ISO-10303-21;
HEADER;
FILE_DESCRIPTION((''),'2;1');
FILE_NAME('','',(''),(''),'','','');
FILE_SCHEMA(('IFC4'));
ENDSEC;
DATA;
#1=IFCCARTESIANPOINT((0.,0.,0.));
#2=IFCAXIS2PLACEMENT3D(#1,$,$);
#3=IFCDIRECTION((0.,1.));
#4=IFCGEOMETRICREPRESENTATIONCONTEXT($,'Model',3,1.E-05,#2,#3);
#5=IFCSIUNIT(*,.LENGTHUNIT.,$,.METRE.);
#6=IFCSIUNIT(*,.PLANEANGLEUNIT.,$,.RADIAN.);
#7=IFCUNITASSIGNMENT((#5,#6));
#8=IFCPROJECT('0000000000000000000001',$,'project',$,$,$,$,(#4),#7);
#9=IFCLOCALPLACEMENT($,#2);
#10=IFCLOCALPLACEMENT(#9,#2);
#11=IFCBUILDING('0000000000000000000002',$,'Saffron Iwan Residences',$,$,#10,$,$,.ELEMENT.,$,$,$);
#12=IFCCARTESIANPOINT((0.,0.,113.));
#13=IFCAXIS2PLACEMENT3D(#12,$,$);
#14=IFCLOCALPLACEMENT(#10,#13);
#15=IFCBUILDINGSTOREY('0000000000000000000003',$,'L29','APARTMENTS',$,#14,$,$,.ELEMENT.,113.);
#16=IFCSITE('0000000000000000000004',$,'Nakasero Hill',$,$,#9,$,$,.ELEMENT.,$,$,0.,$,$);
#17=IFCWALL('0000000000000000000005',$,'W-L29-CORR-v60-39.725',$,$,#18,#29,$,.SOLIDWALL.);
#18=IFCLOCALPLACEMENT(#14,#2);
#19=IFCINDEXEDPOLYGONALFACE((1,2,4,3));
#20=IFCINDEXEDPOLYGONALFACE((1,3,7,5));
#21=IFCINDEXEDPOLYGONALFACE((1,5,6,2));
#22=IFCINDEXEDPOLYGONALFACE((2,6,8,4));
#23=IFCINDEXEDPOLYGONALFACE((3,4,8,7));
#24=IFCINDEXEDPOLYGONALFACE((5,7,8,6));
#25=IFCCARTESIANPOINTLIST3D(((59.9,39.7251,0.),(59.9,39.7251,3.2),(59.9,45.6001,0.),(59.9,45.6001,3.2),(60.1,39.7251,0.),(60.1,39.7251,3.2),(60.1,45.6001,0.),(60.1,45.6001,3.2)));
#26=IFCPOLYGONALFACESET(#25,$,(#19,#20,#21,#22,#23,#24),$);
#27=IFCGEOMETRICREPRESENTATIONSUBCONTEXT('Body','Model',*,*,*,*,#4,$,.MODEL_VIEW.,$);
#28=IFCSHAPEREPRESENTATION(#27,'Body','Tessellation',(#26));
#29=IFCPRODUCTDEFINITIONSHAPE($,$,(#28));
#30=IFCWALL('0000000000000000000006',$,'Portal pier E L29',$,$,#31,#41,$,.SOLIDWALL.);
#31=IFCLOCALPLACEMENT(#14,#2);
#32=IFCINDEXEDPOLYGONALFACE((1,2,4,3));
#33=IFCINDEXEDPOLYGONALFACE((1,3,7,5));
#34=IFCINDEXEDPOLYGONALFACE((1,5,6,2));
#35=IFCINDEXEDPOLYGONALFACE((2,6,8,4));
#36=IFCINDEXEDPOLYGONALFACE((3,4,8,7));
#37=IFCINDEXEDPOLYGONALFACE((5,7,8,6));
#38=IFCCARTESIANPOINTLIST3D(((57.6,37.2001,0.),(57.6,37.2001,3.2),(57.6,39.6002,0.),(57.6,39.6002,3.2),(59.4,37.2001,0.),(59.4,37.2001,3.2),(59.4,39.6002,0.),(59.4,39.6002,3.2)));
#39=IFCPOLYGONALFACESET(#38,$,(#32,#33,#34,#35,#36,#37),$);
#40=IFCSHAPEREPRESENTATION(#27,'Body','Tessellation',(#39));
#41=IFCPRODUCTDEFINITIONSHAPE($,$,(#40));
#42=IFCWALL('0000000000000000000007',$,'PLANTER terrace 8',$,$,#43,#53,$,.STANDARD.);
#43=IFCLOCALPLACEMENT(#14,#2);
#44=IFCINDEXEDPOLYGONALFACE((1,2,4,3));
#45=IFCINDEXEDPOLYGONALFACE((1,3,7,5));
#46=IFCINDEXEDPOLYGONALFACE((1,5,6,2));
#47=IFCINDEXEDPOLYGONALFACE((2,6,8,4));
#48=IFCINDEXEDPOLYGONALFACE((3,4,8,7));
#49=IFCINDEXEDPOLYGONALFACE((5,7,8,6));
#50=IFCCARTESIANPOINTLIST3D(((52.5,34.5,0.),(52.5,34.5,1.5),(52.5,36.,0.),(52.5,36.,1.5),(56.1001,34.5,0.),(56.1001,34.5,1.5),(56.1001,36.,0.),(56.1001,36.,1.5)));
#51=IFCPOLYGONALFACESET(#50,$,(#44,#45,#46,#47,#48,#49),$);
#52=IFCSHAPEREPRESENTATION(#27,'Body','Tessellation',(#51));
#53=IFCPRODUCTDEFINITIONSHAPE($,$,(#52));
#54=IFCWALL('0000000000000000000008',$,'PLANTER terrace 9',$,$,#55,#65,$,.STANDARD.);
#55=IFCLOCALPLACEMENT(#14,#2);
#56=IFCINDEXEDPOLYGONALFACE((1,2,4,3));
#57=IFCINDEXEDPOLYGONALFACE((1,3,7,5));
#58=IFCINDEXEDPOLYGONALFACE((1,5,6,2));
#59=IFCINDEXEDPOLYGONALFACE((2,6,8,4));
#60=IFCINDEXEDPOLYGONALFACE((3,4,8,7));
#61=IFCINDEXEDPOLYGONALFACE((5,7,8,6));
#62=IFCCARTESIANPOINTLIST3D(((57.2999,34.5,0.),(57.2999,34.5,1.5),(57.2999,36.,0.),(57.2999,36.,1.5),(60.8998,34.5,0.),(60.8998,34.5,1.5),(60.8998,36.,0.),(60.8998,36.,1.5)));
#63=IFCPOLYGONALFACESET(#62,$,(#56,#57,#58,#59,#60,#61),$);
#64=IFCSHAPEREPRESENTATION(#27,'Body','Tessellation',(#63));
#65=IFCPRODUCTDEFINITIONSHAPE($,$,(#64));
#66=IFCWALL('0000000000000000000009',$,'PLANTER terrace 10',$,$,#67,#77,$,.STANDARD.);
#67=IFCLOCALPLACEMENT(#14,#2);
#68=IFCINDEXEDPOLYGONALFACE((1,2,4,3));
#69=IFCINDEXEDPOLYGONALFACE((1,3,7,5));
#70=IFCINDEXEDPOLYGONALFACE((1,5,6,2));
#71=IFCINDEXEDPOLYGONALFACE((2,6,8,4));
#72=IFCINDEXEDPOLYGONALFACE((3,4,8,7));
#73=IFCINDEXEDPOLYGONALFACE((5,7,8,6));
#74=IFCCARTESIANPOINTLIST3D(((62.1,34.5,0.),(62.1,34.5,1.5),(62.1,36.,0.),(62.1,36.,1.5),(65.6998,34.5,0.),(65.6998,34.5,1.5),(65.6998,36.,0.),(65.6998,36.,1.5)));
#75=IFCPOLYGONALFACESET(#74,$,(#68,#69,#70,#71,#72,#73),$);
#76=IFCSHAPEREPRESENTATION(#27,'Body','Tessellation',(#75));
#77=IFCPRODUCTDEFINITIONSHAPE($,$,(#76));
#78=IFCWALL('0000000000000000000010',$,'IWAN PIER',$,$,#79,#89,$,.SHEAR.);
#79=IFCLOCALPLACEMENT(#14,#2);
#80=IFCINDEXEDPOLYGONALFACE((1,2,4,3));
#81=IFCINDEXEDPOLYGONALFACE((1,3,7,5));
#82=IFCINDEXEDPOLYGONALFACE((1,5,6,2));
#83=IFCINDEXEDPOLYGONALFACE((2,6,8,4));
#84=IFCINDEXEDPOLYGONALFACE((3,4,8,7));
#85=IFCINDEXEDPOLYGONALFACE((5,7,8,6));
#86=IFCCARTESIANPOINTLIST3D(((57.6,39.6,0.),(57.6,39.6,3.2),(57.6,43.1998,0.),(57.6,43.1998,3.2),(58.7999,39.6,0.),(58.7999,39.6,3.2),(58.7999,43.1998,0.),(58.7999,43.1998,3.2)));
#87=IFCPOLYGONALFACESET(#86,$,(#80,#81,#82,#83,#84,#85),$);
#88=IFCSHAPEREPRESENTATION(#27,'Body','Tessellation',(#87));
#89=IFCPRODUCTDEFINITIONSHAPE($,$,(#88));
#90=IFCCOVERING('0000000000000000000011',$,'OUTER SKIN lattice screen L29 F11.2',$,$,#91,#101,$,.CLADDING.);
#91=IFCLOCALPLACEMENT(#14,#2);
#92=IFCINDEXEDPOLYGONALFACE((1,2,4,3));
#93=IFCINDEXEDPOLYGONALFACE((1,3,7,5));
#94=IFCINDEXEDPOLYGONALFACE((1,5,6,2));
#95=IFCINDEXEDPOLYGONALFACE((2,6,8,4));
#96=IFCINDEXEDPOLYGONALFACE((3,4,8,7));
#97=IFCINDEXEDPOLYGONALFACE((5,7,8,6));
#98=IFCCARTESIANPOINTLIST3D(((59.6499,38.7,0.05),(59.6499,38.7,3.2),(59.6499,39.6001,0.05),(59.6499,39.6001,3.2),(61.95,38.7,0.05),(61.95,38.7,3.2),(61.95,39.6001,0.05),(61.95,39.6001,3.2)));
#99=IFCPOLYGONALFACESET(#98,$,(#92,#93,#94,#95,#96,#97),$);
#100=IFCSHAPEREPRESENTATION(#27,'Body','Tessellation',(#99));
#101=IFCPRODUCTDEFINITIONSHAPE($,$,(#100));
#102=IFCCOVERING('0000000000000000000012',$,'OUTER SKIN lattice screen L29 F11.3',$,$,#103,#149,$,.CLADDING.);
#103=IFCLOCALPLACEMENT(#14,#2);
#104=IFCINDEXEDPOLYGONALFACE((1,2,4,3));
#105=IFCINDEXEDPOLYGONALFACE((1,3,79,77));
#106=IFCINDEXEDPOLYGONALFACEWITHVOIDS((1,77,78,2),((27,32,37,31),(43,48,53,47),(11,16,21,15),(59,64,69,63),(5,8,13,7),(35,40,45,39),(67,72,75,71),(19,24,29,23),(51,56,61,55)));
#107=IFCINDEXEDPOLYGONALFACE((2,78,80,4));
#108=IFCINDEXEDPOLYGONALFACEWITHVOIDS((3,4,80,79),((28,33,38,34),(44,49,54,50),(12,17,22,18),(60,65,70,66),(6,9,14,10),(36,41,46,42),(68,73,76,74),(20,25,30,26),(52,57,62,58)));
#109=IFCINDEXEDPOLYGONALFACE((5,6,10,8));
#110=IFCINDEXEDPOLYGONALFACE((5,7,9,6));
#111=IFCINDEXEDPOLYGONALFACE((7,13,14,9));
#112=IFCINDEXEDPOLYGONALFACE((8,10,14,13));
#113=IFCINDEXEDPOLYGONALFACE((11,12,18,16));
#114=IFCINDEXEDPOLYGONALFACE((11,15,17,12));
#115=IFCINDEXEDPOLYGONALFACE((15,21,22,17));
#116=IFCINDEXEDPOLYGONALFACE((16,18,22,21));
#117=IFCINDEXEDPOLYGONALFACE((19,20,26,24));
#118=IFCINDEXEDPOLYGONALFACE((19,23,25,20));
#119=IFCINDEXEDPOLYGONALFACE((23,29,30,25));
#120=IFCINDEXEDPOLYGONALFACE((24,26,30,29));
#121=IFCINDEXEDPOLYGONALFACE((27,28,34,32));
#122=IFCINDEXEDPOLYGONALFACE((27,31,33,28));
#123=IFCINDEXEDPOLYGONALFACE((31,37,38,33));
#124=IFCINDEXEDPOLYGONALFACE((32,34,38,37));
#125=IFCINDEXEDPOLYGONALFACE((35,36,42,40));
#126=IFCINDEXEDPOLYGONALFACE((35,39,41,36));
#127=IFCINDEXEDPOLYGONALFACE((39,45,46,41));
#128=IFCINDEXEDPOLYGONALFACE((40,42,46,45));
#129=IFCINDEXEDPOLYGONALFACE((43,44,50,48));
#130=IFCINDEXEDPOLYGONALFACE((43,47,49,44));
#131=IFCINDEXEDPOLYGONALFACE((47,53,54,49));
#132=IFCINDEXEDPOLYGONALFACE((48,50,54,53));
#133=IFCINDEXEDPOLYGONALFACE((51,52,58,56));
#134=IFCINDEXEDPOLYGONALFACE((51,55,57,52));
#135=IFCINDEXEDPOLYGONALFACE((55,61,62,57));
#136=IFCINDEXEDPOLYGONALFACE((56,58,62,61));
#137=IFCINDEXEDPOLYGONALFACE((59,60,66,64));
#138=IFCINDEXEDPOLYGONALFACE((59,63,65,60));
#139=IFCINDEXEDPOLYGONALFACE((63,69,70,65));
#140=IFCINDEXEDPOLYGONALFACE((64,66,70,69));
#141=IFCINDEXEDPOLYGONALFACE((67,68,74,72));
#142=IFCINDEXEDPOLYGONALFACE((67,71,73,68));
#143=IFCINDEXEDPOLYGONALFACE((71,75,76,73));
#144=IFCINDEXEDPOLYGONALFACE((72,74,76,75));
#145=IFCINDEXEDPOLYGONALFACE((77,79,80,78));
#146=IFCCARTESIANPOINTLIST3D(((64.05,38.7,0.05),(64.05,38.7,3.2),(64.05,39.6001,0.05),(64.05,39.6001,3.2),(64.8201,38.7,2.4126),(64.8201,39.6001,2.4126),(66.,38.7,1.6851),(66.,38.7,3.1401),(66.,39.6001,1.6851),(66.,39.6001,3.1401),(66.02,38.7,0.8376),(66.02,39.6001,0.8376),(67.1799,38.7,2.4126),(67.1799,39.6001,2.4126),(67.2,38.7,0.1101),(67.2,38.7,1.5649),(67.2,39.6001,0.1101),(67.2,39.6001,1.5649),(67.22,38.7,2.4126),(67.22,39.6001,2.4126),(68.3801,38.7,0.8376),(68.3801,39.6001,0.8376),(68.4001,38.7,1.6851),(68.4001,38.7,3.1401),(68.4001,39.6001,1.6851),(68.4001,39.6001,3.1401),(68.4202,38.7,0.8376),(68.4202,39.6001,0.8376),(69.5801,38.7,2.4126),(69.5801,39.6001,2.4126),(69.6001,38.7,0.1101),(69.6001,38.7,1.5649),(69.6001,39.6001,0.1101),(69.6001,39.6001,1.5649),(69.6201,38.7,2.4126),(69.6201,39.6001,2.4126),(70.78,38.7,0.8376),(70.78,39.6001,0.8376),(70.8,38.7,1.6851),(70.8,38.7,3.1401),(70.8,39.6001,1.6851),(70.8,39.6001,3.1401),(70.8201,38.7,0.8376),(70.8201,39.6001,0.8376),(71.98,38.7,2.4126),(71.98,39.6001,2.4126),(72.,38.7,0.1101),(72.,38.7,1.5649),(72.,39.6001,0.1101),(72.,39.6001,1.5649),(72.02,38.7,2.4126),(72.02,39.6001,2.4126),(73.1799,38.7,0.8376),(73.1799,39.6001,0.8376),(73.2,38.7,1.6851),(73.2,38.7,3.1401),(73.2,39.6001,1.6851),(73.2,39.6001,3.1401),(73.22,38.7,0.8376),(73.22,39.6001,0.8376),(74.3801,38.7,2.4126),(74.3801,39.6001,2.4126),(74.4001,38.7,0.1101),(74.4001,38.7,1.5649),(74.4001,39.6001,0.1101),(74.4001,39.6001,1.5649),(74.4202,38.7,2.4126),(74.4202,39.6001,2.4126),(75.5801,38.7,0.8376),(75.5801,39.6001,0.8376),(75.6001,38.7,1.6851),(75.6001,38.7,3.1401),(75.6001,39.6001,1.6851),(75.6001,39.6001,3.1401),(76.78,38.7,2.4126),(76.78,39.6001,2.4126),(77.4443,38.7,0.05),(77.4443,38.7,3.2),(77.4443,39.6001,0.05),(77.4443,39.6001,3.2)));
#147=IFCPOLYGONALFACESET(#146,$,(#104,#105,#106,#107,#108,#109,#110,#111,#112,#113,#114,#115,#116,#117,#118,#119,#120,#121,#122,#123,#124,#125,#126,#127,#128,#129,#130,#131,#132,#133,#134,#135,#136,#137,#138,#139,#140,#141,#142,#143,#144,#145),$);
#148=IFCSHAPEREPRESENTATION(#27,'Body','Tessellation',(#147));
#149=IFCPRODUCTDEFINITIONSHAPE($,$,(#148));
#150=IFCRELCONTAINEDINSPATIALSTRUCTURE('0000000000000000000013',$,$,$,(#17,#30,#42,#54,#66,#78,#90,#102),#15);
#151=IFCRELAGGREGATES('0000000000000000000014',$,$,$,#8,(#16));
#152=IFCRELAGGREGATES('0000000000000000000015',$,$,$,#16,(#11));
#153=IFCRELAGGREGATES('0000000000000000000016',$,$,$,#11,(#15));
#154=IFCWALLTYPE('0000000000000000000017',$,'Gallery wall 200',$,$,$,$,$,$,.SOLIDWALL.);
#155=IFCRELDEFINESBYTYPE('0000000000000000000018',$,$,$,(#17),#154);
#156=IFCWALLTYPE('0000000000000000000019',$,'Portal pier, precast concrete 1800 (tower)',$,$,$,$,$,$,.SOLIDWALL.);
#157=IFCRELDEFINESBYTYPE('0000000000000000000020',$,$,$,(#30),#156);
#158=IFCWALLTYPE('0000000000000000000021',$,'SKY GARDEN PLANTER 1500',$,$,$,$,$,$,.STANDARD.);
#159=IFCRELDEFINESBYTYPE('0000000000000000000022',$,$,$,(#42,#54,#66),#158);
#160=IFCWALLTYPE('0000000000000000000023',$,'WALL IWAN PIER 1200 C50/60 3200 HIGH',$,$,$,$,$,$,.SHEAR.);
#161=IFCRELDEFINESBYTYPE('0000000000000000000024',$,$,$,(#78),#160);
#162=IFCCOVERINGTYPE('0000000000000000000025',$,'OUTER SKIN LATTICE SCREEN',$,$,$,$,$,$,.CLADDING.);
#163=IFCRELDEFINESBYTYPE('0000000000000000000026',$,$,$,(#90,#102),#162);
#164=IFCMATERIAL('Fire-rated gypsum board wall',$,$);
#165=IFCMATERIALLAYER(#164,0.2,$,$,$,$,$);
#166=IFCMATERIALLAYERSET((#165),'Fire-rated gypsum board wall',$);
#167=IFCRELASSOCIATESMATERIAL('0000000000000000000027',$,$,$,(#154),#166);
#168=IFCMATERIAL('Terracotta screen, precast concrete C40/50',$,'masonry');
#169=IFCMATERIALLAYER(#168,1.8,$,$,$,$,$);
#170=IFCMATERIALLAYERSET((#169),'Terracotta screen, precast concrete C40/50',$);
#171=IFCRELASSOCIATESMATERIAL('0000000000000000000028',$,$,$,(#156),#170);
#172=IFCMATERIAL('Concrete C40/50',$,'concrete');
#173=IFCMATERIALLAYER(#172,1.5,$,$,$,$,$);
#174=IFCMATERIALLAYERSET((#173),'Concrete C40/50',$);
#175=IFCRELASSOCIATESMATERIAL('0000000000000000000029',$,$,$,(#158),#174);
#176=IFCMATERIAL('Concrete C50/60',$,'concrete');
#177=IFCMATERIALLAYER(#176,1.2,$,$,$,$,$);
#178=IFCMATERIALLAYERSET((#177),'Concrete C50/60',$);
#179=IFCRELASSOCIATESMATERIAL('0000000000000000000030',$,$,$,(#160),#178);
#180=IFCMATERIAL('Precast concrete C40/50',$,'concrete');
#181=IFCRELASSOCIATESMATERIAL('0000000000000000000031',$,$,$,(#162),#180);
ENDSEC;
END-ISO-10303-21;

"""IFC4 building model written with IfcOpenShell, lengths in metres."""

from ifc_helpers import new_model, si_unit, direction, frame, frame_2d, origin, place, context, subcontext, project, spatial, polyline, rectangle, outline, extrude, material, layer, layer_set, type_object, element, save


model = new_model("IFC4")

# Units and contexts
model_context = context("Model", 3, precision=1e-05, world=origin(), true_north=direction((0.0, 1.0)))
body_context = subcontext(model_context, "Body", "Model", "MODEL_VIEW")
ifc_project = project(units=[si_unit("LENGTHUNIT", "METRE"), si_unit("PLANEANGLEUNIT", "RADIAN")], contexts=[model_context])

# Site, building, storey
site_placement = place(None, origin())
site = spatial("IfcSite", under=ifc_project, at=site_placement, Name="Nakasero Hill", CompositionType="ELEMENT", RefElevation=0.0)
building_placement = place(site_placement, origin())
building = spatial("IfcBuilding", under=site, at=building_placement, Name="Saffron Iwan Residences", CompositionType="ELEMENT")
storey_placement = place(building_placement, frame((0.0, 0.0, 113.0)))
storey = spatial("IfcBuildingStorey", under=building, at=storey_placement, Name="L29", Description="APARTMENTS", CompositionType="ELEMENT", Elevation=113.0)

# Shared definitions
ifc_material_1 = material(Name="Concrete C40/50", Category="concrete")

# Walls
ifc_material_2 = material(Name="Fire-rated gypsum board wall")
ifc_layer_1 = layer(ifc_material_2, 0.2)
ifc_layer_set_1 = layer_set([ifc_layer_1], Name="Fire-rated gypsum board wall")
wall_type_1 = type_object("IfcWallType", Name="Gallery wall 200", PredefinedType="SOLIDWALL", material=ifc_layer_set_1)
wall_1_placement = place(storey_placement, frame((60.0, 39.7251, 0.0), z_axis=(0.0, 0.0, 1.0), x_axis=(0.0, 1.0, 0.0)))
element("IfcWall", 1, at=wall_1_placement, inside=storey, type_object=wall_type_1, Name="W-L29-CORR-v60-39.725", PredefinedType="SOLIDWALL", context=body_context, shape_type="SweptSolid", body=[
    extrude(rectangle(XDim=5.875, YDim=0.2, at=frame_2d((2.9375, 0.0))), origin(), (0.0, 0.0, 1.0), 3.2),
])
ifc_material_3 = material(Name="Terracotta screen, precast concrete C40/50", Category="masonry")
ifc_layer_2 = layer(ifc_material_3, 1.8)
ifc_layer_set_2 = layer_set([ifc_layer_2], Name="Terracotta screen, precast concrete C40/50")
wall_type_2 = type_object("IfcWallType", Name="Portal pier, precast concrete 1800 (tower)", PredefinedType="SOLIDWALL", material=ifc_layer_set_2)
wall_2_placement = place(storey_placement, frame((58.5, 37.2, 0.0), z_axis=(0.0, 0.0, 1.0), x_axis=(0.0, 1.0, 0.0)))
element("IfcWall", 2, at=wall_2_placement, inside=storey, type_object=wall_type_2, Name="Portal pier E L29", PredefinedType="SOLIDWALL", context=body_context, shape_type="SweptSolid", body=[
    extrude(rectangle(XDim=2.4001, YDim=1.8, at=frame_2d((1.2002, 0.0))), origin(), (0.0, 0.0, 1.0), 3.2),
])
ifc_layer_3 = layer(ifc_material_1, 1.5)
ifc_layer_set_3 = layer_set([ifc_layer_3], Name="Concrete C40/50")
wall_type_3 = type_object("IfcWallType", Name="SKY GARDEN PLANTER 1500", PredefinedType="STANDARD", material=ifc_layer_set_3)
wall_3_placement = place(storey_placement, frame((52.5, 35.25, 0.0), z_axis=(0.0, 0.0, 1.0), x_axis=(1.0, 0.0, 0.0)))
element("IfcWall", 3, at=wall_3_placement, inside=storey, type_object=wall_type_3, Name="PLANTER terrace 8", PredefinedType="STANDARD", context=body_context, shape_type="SweptSolid", body=[
    extrude(rectangle(XDim=3.6001, YDim=1.5, at=frame_2d((1.8, 0.0))), origin(), (0.0, 0.0, 1.0), 1.5),
])
for number, where, z_axis, x_axis, name in (
    (4, (57.3, 35.25, 0.0), (0.0, 0.0, 1.0), (1.0, 0.0, 0.0), "PLANTER terrace 9"),
    (5, (62.1001, 35.25, 0.0), (0.0, 0.0, 1.0), (1.0, 0.0, 0.0), "PLANTER terrace 10"),
):
    element("IfcWall", number, at=place(storey_placement, frame(where, z_axis=z_axis, x_axis=x_axis)), inside=storey, type_object=wall_type_3, Name=name, PredefinedType="STANDARD", context=body_context, shape_type="SweptSolid", body=[
        extrude(rectangle(XDim=3.5999, YDim=1.5, at=frame_2d((1.7998, 0.0))), origin(), (0.0, 0.0, 1.0), 1.5),
    ])
ifc_material_4 = material(Name="Concrete C50/60", Category="concrete")
ifc_layer_4 = layer(ifc_material_4, 1.2)
ifc_layer_set_4 = layer_set([ifc_layer_4], Name="Concrete C50/60")
wall_type_4 = type_object("IfcWallType", Name="WALL IWAN PIER 1200 C50/60 3200 HIGH", PredefinedType="SHEAR", material=ifc_layer_set_4)
wall_4_placement = place(storey_placement, frame((58.2, 39.6001, 0.0), z_axis=(0.0, 0.0, 1.0), x_axis=(0.0, 1.0, 0.0)))
element("IfcWall", 6, at=wall_4_placement, inside=storey, type_object=wall_type_4, Name="IWAN PIER", PredefinedType="SHEAR", context=body_context, shape_type="SweptSolid", body=[
    extrude(rectangle(XDim=3.5999, YDim=1.2, at=frame_2d((1.7998, 0.0))), origin(), (0.0, 0.0, 1.0), 3.2),
])

# Coverings
ifc_material_5 = material(Name="Precast concrete C40/50", Category="concrete")
covering_type = type_object("IfcCoveringType", Name="OUTER SKIN LATTICE SCREEN", PredefinedType="CLADDING", material=ifc_material_5)
covering_1_placement = place(storey_placement, frame((59.6499, 39.6001, 0.05), z_axis=(0.0, -1.0, 0.0), x_axis=(1.0, 0.0, 0.0)))
element("IfcCovering", 7, at=covering_1_placement, inside=storey, type_object=covering_type, Name="OUTER SKIN lattice screen L29 F11.2", PredefinedType="CLADDING", context=body_context, shape_type="SweptSolid", body=[
    extrude(outline(polyline([(0.0, 0.0), (2.3, 0.0), (2.3, 3.1499), (0.0, 3.1499), (0.0, 0.0)])), origin(), (0.0, 0.0, 1.0), 0.9001),
])
covering_2_placement = place(storey_placement, frame((64.05, 39.6001, 0.05), z_axis=(0.0, -1.0, 0.0), x_axis=(1.0, 0.0, 0.0)))
element("IfcCovering", 8, at=covering_2_placement, inside=storey, type_object=covering_type, Name="OUTER SKIN lattice screen L29 F11.3", PredefinedType="CLADDING", context=body_context, shape_type="SweptSolid", body=[
    extrude(outline(polyline([(0.0, 0.0), (13.3943, 0.0), (13.3943, 3.1499), (0.0, 3.1499), (0.0, 0.0)]), holes=[polyline([(1.97, 0.7876), (3.1499, 0.0601), (4.3301, 0.7876), (3.1499, 1.5149), (1.97, 0.7876)]), polyline([(4.3701, 0.7876), (5.55, 0.0601), (6.73, 0.7876), (5.55, 1.5149), (4.3701, 0.7876)]), polyline([(6.77, 0.7876), (7.95, 0.0601), (9.1299, 0.7876), (7.95, 1.5149), (6.77, 0.7876)]), polyline([(9.1699, 0.7876), (10.3501, 0.0601), (11.53, 0.7876), (10.3501, 1.5149), (9.1699, 0.7876)]), polyline([(0.77, 2.3625), (1.95, 1.635), (3.1299, 2.3625), (1.95, 3.0901), (0.77, 2.3625)]), polyline([(3.1699, 2.3625), (4.3501, 1.635), (5.53, 2.3625), (4.3501, 3.0901), (3.1699, 2.3625)]), polyline([(5.5701, 2.3625), (6.75, 1.635), (7.9299, 2.3625), (6.75, 3.0901), (5.5701, 2.3625)]), polyline([(7.97, 2.3625), (9.1499, 1.635), (10.3301, 2.3625), (9.1499, 3.0901), (7.97, 2.3625)]), polyline([(10.3701, 2.3625), (11.55, 1.635), (12.73, 2.3625), (11.55, 3.0901), (10.3701, 2.3625)])]), origin(), (0.0, 0.0, 1.0), 0.9001),
])

save(model, "model.ifc")
